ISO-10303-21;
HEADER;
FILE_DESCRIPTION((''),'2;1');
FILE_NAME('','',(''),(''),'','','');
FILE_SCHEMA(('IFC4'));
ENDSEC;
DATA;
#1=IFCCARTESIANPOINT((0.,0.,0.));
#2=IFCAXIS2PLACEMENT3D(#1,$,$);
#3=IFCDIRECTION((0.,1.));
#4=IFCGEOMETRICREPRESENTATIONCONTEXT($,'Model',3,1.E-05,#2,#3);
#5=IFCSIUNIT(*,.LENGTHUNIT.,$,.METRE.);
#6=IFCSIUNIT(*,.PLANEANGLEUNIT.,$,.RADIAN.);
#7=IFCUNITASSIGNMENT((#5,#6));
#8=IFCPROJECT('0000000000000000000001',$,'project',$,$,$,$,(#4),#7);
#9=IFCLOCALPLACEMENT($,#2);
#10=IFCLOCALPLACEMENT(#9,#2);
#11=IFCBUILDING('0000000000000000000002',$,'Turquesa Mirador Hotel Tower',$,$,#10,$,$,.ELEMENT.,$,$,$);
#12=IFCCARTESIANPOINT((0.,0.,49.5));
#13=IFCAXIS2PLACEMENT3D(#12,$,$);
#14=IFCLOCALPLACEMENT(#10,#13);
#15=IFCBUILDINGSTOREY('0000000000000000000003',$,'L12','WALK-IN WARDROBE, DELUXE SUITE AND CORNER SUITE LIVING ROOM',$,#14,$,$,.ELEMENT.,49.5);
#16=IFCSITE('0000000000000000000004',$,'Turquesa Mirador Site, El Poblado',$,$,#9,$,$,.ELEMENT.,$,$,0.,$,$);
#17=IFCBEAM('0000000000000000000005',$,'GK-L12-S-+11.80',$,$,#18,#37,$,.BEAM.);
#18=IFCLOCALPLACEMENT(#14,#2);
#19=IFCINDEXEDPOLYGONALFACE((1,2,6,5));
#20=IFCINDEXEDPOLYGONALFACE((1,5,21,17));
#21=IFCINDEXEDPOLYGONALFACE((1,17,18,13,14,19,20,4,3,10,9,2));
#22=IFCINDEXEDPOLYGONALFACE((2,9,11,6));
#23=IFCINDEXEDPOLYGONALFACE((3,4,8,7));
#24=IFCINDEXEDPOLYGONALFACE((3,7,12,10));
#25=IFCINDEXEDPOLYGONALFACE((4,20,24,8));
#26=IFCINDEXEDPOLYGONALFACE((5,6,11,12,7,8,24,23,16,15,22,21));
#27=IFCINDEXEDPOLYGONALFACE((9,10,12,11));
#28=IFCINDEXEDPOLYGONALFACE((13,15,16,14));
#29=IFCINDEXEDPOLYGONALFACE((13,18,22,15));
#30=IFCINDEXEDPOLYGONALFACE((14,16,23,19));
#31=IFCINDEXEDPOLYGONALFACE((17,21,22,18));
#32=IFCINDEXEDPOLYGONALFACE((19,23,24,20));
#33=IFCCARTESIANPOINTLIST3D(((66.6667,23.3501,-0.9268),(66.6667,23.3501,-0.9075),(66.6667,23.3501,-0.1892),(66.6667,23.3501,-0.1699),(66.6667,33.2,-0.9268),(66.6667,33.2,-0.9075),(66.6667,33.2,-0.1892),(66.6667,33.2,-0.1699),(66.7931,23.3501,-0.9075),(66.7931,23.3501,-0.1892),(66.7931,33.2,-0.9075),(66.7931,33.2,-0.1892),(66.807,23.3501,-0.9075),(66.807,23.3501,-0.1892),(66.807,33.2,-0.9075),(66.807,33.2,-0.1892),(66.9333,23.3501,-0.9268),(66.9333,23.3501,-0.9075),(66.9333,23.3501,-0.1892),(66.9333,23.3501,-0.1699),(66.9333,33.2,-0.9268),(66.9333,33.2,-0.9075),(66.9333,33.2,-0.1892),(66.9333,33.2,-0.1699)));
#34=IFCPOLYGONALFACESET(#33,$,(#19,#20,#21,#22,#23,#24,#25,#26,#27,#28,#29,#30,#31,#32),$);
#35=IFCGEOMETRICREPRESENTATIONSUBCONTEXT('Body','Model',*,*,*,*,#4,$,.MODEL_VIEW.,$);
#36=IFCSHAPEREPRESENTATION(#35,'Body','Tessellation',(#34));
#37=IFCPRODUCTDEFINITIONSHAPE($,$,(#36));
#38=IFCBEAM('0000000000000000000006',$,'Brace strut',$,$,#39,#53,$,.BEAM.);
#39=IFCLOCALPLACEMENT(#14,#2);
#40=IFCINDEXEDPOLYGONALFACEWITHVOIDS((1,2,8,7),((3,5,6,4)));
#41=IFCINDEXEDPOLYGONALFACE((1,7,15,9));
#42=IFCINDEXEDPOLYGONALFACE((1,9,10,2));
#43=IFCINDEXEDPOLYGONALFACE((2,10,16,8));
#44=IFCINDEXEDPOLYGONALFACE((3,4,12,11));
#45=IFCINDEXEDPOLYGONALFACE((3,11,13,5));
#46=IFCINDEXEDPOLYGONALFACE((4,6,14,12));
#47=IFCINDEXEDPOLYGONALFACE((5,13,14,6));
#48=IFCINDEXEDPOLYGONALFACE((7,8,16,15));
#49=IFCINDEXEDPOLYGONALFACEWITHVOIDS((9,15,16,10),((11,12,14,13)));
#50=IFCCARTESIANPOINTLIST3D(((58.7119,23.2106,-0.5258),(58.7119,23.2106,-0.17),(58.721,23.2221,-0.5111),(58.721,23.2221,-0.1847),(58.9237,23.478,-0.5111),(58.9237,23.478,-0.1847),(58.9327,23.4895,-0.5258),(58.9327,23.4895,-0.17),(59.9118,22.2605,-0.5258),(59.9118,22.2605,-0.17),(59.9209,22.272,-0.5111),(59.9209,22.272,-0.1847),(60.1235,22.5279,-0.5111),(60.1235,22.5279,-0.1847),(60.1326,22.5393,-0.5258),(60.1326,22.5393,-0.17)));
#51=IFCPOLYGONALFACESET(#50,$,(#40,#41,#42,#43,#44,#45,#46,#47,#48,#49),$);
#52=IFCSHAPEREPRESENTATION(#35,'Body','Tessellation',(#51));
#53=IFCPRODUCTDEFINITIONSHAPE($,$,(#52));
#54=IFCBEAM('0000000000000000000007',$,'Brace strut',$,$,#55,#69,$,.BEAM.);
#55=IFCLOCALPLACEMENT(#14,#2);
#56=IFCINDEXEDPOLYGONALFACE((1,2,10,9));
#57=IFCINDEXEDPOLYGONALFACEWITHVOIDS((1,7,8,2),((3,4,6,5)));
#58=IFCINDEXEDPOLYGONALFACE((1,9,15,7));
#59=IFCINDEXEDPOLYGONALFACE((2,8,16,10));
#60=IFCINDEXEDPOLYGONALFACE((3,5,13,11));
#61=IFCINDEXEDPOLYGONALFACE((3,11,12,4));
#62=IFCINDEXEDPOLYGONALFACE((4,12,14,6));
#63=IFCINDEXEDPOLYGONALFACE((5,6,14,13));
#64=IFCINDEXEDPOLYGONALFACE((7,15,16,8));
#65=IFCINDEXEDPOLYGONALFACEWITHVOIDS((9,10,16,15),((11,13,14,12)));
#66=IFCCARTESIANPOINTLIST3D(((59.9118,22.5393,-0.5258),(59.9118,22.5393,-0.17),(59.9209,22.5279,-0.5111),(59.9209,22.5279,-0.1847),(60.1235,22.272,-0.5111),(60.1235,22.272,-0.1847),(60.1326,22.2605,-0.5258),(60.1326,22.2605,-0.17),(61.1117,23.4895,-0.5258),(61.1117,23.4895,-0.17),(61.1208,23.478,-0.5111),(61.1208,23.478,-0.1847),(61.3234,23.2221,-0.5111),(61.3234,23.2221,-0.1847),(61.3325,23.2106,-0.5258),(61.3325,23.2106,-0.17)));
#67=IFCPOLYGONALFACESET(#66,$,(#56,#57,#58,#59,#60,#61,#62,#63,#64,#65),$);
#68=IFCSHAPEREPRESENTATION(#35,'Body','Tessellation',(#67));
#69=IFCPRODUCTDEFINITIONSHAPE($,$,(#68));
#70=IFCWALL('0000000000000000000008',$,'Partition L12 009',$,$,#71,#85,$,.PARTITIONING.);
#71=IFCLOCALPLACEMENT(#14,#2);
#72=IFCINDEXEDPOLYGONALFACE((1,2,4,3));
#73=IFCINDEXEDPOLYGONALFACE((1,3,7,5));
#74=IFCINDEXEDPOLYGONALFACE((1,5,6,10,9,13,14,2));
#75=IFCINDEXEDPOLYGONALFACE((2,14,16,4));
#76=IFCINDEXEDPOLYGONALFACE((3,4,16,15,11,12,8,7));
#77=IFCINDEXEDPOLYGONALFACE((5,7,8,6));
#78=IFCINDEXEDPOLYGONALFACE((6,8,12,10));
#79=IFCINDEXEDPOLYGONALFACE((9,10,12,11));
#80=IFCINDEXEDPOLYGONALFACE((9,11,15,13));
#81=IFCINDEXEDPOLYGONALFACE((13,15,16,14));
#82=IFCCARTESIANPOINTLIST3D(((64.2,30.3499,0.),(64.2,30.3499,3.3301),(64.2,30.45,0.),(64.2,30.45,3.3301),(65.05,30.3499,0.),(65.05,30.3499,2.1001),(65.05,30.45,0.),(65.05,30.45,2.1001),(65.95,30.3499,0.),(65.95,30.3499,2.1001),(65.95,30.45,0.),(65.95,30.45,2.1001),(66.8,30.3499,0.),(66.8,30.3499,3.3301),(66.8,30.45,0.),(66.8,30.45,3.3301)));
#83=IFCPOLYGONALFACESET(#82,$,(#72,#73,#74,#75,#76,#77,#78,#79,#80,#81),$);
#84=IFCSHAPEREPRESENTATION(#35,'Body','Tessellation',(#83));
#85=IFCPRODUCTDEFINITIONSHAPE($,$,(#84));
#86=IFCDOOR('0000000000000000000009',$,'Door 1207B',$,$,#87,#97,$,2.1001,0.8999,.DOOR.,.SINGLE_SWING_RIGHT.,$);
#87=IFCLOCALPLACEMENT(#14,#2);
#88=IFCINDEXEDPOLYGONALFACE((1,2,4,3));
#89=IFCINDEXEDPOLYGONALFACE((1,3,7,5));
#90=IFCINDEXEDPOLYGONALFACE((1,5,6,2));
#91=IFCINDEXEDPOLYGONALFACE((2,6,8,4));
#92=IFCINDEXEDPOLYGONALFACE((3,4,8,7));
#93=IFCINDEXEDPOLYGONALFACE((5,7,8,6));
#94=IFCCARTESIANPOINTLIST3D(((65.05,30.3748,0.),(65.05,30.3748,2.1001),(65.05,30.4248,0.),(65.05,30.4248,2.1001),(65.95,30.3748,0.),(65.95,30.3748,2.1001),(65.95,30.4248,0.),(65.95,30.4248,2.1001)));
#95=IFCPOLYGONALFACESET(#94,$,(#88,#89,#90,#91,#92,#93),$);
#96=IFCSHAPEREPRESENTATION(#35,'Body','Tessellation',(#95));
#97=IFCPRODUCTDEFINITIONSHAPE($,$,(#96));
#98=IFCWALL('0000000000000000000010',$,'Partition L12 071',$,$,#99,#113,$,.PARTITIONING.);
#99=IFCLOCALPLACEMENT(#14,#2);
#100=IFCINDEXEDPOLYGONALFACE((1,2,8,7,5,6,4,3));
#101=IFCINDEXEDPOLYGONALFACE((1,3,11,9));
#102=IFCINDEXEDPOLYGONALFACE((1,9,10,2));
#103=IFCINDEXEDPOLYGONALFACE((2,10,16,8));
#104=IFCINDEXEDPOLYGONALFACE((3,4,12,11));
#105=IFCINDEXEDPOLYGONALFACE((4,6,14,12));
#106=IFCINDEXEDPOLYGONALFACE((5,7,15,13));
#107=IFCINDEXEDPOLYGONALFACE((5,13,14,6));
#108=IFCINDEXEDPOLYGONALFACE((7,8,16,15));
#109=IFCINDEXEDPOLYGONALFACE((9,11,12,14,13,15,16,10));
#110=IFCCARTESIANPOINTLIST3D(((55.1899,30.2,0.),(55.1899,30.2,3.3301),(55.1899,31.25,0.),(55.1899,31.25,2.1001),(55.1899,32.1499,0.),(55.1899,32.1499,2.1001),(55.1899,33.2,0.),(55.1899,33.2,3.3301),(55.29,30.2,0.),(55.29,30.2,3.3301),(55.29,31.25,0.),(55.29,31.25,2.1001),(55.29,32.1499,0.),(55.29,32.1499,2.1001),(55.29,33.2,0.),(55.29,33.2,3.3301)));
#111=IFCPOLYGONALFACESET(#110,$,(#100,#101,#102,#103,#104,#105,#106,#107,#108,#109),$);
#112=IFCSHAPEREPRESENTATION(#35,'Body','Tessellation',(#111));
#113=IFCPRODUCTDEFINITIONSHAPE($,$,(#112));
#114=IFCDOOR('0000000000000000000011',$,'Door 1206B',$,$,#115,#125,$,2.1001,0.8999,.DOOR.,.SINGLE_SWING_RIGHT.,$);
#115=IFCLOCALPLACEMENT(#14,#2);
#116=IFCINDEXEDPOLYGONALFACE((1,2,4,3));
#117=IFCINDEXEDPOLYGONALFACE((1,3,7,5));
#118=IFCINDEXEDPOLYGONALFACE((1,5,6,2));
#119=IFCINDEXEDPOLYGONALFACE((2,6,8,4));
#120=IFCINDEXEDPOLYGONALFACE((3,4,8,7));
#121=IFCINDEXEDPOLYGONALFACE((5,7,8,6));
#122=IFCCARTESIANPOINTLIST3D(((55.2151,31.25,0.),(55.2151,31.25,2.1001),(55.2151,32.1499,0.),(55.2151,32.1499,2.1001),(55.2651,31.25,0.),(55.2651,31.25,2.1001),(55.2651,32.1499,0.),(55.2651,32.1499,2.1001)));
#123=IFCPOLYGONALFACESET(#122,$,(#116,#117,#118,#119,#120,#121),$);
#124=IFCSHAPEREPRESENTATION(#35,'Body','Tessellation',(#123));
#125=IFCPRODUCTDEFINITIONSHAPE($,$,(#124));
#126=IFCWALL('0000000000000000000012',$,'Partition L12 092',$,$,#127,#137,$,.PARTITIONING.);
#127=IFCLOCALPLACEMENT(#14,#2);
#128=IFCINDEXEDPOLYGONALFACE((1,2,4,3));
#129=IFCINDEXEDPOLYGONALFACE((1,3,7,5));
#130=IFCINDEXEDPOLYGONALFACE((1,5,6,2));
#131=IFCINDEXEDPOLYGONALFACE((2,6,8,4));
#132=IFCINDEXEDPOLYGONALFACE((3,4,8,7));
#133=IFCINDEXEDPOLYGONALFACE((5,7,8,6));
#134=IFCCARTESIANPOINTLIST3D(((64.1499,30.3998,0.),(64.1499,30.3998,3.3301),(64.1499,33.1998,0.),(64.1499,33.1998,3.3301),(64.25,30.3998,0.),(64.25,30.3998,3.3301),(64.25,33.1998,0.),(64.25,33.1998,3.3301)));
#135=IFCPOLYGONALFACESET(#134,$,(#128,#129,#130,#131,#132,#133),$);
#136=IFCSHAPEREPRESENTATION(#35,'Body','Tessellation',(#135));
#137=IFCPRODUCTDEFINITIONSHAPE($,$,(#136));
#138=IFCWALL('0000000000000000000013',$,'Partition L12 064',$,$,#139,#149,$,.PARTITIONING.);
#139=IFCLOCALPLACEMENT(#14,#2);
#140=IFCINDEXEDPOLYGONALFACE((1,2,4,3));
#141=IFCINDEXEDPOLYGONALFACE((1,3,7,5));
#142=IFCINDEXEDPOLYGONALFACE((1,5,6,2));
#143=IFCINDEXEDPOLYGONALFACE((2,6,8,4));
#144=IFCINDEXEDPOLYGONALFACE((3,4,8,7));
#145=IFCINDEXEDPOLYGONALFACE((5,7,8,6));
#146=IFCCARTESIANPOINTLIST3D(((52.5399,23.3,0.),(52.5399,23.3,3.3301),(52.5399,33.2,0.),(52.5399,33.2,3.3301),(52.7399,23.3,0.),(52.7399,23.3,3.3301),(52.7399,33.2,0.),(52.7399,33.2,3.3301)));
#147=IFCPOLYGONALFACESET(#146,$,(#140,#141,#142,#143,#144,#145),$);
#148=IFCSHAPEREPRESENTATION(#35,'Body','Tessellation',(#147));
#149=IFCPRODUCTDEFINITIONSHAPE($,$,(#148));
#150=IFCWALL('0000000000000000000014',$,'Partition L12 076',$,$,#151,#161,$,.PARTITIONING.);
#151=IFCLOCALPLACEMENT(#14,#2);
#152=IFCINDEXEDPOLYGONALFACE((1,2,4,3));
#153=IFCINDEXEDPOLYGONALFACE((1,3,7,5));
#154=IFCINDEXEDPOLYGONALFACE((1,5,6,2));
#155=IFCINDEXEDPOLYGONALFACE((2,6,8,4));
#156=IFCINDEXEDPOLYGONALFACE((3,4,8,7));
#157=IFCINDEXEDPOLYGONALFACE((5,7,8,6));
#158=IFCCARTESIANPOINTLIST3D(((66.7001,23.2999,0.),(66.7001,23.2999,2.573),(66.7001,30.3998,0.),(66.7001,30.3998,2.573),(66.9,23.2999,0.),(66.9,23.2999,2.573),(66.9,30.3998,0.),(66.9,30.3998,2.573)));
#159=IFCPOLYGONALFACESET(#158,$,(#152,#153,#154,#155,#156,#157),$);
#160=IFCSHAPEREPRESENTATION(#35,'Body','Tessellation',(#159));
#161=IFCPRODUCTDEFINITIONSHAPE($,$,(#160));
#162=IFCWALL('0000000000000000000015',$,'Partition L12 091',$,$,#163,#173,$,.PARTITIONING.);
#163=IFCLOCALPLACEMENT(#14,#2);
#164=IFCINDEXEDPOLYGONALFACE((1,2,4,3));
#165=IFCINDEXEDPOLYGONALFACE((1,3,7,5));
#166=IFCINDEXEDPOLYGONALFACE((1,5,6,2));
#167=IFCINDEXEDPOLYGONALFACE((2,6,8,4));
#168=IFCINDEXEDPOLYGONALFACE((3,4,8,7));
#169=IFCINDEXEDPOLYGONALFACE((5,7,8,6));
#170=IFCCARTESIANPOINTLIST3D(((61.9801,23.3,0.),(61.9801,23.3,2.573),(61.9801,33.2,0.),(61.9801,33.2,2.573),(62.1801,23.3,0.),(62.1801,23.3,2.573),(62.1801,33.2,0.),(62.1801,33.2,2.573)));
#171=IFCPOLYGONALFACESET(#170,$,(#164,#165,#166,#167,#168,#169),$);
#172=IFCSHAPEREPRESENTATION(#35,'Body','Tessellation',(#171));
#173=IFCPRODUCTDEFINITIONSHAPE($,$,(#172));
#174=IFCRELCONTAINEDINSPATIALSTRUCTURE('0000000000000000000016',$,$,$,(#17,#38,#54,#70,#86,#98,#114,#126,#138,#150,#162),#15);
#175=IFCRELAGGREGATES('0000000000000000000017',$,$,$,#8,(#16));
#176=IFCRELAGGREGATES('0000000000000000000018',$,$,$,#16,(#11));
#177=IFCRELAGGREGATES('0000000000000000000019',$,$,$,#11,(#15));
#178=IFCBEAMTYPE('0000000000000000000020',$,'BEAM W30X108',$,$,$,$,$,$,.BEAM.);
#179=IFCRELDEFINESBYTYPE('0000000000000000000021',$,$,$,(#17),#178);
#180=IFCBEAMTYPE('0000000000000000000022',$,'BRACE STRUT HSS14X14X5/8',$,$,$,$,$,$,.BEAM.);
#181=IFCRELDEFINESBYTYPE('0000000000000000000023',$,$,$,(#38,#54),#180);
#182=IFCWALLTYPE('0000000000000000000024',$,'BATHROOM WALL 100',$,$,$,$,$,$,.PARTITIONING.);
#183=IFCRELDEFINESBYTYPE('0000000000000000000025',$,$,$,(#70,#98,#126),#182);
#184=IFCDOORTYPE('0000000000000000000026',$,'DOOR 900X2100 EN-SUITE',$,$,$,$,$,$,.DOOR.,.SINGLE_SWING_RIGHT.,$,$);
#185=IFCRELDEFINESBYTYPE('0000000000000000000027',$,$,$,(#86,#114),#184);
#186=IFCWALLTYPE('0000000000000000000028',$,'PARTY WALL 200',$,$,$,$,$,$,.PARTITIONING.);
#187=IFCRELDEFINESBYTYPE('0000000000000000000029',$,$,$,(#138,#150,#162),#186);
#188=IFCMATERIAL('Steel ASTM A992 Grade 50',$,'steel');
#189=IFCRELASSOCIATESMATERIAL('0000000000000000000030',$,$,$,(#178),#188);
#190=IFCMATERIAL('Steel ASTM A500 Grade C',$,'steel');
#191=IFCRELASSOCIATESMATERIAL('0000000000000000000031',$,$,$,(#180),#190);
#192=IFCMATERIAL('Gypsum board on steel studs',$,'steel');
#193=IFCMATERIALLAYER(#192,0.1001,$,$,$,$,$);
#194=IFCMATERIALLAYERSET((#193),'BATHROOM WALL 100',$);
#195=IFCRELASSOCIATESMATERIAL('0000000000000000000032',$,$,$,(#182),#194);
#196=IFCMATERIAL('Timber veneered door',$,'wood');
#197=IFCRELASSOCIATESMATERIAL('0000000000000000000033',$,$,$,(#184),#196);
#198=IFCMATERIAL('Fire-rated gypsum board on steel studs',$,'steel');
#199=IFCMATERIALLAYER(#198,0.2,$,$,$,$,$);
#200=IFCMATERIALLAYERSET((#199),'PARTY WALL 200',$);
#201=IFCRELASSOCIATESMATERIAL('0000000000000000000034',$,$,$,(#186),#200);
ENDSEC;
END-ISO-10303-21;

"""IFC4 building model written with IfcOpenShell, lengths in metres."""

from ifc_helpers import new_model, si_unit, direction, frame, frame_2d, origin, origin_2d, place, context, subcontext, project, spatial, rectangle, hollow_rectangle, i_section, extrude, material, layer, layer_set, material_profile, profile_set, type_object, element, fill, save


model = new_model("IFC4")

# Units and contexts
model_context = context("Model", 3, precision=1e-05, world=origin(), true_north=direction((0.0, 1.0)))
body_context = subcontext(model_context, "Body", "Model", "MODEL_VIEW")
ifc_project = project(units=[si_unit("LENGTHUNIT", "METRE"), si_unit("PLANEANGLEUNIT", "RADIAN")], contexts=[model_context])

# Site, building, storey
site_placement = place(None, origin())
site = spatial("IfcSite", under=ifc_project, at=site_placement, Name="Turquesa Mirador Site, El Poblado", CompositionType="ELEMENT", RefElevation=0.0)
building_placement = place(site_placement, origin())
building = spatial("IfcBuilding", under=site, at=building_placement, Name="Turquesa Mirador Hotel Tower", CompositionType="ELEMENT")
storey_placement = place(building_placement, frame((0.0, 0.0, 49.5)))
storey = spatial("IfcBuildingStorey", under=building, at=storey_placement, Name="L12", Description="WALK-IN WARDROBE, DELUXE SUITE AND CORNER SUITE LIVING ROOM", CompositionType="ELEMENT", Elevation=49.5)

# Beams
ifc_material_1 = material(Name="Steel ASTM A992 Grade 50", Category="steel")
ifc_material_profile_1 = material_profile(ifc_material_1, i_section(OverallWidth=0.2666, OverallDepth=0.7568, WebThickness=0.0139, FlangeThickness=0.0193, at=origin_2d()), Name="W30X108")
ifc_profile_set_1 = profile_set([ifc_material_profile_1], Name="Steel ASTM A992 Grade 50")
beam_type_1 = type_object("IfcBeamType", Name="BEAM W30X108", PredefinedType="BEAM", material=ifc_profile_set_1)
beam_1_placement = place(storey_placement, frame((66.8, 23.3501, -0.5483), z_axis=(0.0, 1.0, 0.0), x_axis=(-1.0, 0.0, 0.0)))
element("IfcBeam", 1, at=beam_1_placement, inside=storey, type_object=beam_type_1, Name="GK-L12-S-+11.80", PredefinedType="BEAM", context=body_context, shape_type="SweptSolid", body=[
    extrude(i_section(OverallWidth=0.2666, OverallDepth=0.7568, WebThickness=0.0139, FlangeThickness=0.0193, at=origin_2d()), origin(), (0.0, 0.0, 1.0), 9.8499),
])
ifc_material_2 = material(Name="Steel ASTM A500 Grade C", Category="steel")
ifc_material_profile_2 = material_profile(ifc_material_2, hollow_rectangle(XDim=0.3557, YDim=0.3557, WallThickness=0.0146, at=origin_2d()), Name="HSS14X14X5/8")
ifc_profile_set_2 = profile_set([ifc_material_profile_2], Name="Steel ASTM A500 Grade C")
beam_type_2 = type_object("IfcBeamType", Name="BRACE STRUT HSS14X14X5/8", PredefinedType="BEAM", material=ifc_profile_set_2)
for number, where, z_axis, x_axis, name in (
    (2, (60.0222, 22.3999, -0.3479), (-0.783971, 0.620797, 0.0), (-0.620797, -0.783971, 0.0), "Brace strut"),
    (3, (60.0222, 22.3999, -0.3479), (0.783971, 0.620797, 0.0), (-0.620797, 0.783971, 0.0), "Brace strut"),
):
    element("IfcBeam", number, at=place(storey_placement, frame(where, z_axis=z_axis, x_axis=x_axis)), inside=storey, type_object=beam_type_2, Name=name, PredefinedType="BEAM", context=body_context, shape_type="SweptSolid", body=[
        extrude(hollow_rectangle(XDim=0.3557, YDim=0.3557, WallThickness=0.0146, at=origin_2d()), origin(), (0.0, 0.0, 1.0), 1.5305),
    ])

# Walls, openings, doors
ifc_material_3 = material(Name="Gypsum board on steel studs", Category="steel")
ifc_layer_1 = layer(ifc_material_3, 0.1001)
ifc_layer_set_1 = layer_set([ifc_layer_1], Name="BATHROOM WALL 100")
wall_type_1 = type_object("IfcWallType", Name="BATHROOM WALL 100", PredefinedType="PARTITIONING", material=ifc_layer_set_1)
wall_1_placement = place(storey_placement, frame((64.2, 30.3999, 0.0), z_axis=(0.0, 0.0, 1.0), x_axis=(1.0, 0.0, 0.0)))
wall_1 = element("IfcWall", 4, at=wall_1_placement, inside=storey, type_object=wall_type_1, Name="Partition L12 009", PredefinedType="PARTITIONING", context=body_context, shape_type="SweptSolid", body=[
    extrude(rectangle(XDim=2.6001, YDim=0.1001, at=frame_2d((1.3, 0.0))), origin(), (0.0, 0.0, 1.0), 3.3301),
])
opening_1_placement = place(wall_1_placement, frame((0.8501, 0.0, 0.0)))
opening_1 = element("IfcOpeningElement", 5, at=opening_1_placement, cuts=wall_1, PredefinedType="OPENING", context=body_context, shape_type="SweptSolid", body=[
    extrude(rectangle(XDim=0.8999, YDim=2.1001, at=frame_2d((0.45, 1.05))), frame((0.0, 0.0601, 0.0), z_axis=(0.0, -1.0, 0.0), x_axis=(1.0, 0.0, 0.0)), (0.0, 0.0, 1.0), 0.1201),
])
ifc_material_4 = material(Name="Timber veneered door", Category="wood")
door_type = type_object("IfcDoorType", Name="DOOR 900X2100 EN-SUITE", OperationType="SINGLE_SWING_RIGHT", PredefinedType="DOOR", material=ifc_material_4)
door_1_placement = place(opening_1_placement, origin())
door_1 = element("IfcDoor", 6, at=door_1_placement, inside=storey, type_object=door_type, Name="Door 1207B", OperationType="SINGLE_SWING_RIGHT", OverallHeight=2.1001, OverallWidth=0.8999, PredefinedType="DOOR", context=body_context, shape_type="SweptSolid", body=[
    extrude(rectangle(XDim=0.8999, YDim=2.1001, at=frame_2d((0.45, 1.05))), frame((0.0, 0.0249, 0.0), z_axis=(0.0, -1.0, 0.0), x_axis=(1.0, 0.0, 0.0)), (0.0, 0.0, 1.0), 0.05),
])
fill(opening_1, door_1)
wall_2_placement = place(storey_placement, frame((55.24, 30.2, 0.0), z_axis=(0.0, 0.0, 1.0), x_axis=(0.0, 1.0, 0.0)))
wall_2 = element("IfcWall", 7, at=wall_2_placement, inside=storey, type_object=wall_type_1, Name="Partition L12 071", PredefinedType="PARTITIONING", context=body_context, shape_type="SweptSolid", body=[
    extrude(rectangle(XDim=3.0, YDim=0.1001, at=frame_2d((1.5, 0.0))), origin(), (0.0, 0.0, 1.0), 3.3301),
])
opening_2_placement = place(wall_2_placement, frame((1.05, 0.0, 0.0)))
opening_2 = element("IfcOpeningElement", 8, at=opening_2_placement, cuts=wall_2, PredefinedType="OPENING", context=body_context, shape_type="SweptSolid", body=[
    extrude(rectangle(XDim=0.8999, YDim=2.1001, at=frame_2d((0.45, 1.05))), frame((0.0, 0.0601, 0.0), z_axis=(0.0, -1.0, 0.0), x_axis=(1.0, 0.0, 0.0)), (0.0, 0.0, 1.0), 0.1201),
])
door_2_placement = place(opening_2_placement, origin())
door_2 = element("IfcDoor", 9, at=door_2_placement, inside=storey, type_object=door_type, Name="Door 1206B", OperationType="SINGLE_SWING_RIGHT", OverallHeight=2.1001, OverallWidth=0.8999, PredefinedType="DOOR", context=body_context, shape_type="SweptSolid", body=[
    extrude(rectangle(XDim=0.8999, YDim=2.1001, at=frame_2d((0.45, 1.05))), frame((0.0, 0.0249, 0.0), z_axis=(0.0, -1.0, 0.0), x_axis=(1.0, 0.0, 0.0)), (0.0, 0.0, 1.0), 0.05),
])
fill(opening_2, door_2)

# Walls
wall_3_placement = place(storey_placement, frame((64.2, 30.3999, 0.0), z_axis=(0.0, 0.0, 1.0), x_axis=(0.0, 1.0, 0.0)))
element("IfcWall", 10, at=wall_3_placement, inside=storey, type_object=wall_type_1, Name="Partition L12 092", PredefinedType="PARTITIONING", context=body_context, shape_type="SweptSolid", body=[
    extrude(rectangle(XDim=2.8, YDim=0.1001, at=frame_2d((1.3999, 0.0))), origin(), (0.0, 0.0, 1.0), 3.3301),
])
ifc_material_5 = material(Name="Fire-rated gypsum board on steel studs", Category="steel")
ifc_layer_2 = layer(ifc_material_5, 0.2)
ifc_layer_set_2 = layer_set([ifc_layer_2], Name="PARTY WALL 200")
wall_type_2 = type_object("IfcWallType", Name="PARTY WALL 200", PredefinedType="PARTITIONING", material=ifc_layer_set_2)
wall_4_placement = place(storey_placement, frame((52.6399, 23.3, 0.0), z_axis=(0.0, 0.0, 1.0), x_axis=(0.0, 1.0, 0.0)))
element("IfcWall", 11, at=wall_4_placement, inside=storey, type_object=wall_type_2, Name="Partition L12 064", PredefinedType="PARTITIONING", context=body_context, shape_type="SweptSolid", body=[
    extrude(rectangle(XDim=9.8999, YDim=0.2, at=frame_2d((4.95, 0.0))), origin(), (0.0, 0.0, 1.0), 3.3301),
])
wall_5_placement = place(storey_placement, frame((66.8, 23.3, 0.0), z_axis=(0.0, 0.0, 1.0), x_axis=(0.0, 1.0, 0.0)))
element("IfcWall", 12, at=wall_5_placement, inside=storey, type_object=wall_type_2, Name="Partition L12 076", PredefinedType="PARTITIONING", context=body_context, shape_type="SweptSolid", body=[
    extrude(rectangle(XDim=7.0999, YDim=0.2, at=frame_2d((3.5498, 0.0))), origin(), (0.0, 0.0, 1.0), 2.573),
])
wall_6_placement = place(storey_placement, frame((62.0801, 23.3, 0.0), z_axis=(0.0, 0.0, 1.0), x_axis=(0.0, 1.0, 0.0)))
element("IfcWall", 13, at=wall_6_placement, inside=storey, type_object=wall_type_2, Name="Partition L12 091", PredefinedType="PARTITIONING", context=body_context, shape_type="SweptSolid", body=[
    extrude(rectangle(XDim=9.8999, YDim=0.2, at=frame_2d((4.95, 0.0))), origin(), (0.0, 0.0, 1.0), 2.573),
])

save(model, "model.ifc")
